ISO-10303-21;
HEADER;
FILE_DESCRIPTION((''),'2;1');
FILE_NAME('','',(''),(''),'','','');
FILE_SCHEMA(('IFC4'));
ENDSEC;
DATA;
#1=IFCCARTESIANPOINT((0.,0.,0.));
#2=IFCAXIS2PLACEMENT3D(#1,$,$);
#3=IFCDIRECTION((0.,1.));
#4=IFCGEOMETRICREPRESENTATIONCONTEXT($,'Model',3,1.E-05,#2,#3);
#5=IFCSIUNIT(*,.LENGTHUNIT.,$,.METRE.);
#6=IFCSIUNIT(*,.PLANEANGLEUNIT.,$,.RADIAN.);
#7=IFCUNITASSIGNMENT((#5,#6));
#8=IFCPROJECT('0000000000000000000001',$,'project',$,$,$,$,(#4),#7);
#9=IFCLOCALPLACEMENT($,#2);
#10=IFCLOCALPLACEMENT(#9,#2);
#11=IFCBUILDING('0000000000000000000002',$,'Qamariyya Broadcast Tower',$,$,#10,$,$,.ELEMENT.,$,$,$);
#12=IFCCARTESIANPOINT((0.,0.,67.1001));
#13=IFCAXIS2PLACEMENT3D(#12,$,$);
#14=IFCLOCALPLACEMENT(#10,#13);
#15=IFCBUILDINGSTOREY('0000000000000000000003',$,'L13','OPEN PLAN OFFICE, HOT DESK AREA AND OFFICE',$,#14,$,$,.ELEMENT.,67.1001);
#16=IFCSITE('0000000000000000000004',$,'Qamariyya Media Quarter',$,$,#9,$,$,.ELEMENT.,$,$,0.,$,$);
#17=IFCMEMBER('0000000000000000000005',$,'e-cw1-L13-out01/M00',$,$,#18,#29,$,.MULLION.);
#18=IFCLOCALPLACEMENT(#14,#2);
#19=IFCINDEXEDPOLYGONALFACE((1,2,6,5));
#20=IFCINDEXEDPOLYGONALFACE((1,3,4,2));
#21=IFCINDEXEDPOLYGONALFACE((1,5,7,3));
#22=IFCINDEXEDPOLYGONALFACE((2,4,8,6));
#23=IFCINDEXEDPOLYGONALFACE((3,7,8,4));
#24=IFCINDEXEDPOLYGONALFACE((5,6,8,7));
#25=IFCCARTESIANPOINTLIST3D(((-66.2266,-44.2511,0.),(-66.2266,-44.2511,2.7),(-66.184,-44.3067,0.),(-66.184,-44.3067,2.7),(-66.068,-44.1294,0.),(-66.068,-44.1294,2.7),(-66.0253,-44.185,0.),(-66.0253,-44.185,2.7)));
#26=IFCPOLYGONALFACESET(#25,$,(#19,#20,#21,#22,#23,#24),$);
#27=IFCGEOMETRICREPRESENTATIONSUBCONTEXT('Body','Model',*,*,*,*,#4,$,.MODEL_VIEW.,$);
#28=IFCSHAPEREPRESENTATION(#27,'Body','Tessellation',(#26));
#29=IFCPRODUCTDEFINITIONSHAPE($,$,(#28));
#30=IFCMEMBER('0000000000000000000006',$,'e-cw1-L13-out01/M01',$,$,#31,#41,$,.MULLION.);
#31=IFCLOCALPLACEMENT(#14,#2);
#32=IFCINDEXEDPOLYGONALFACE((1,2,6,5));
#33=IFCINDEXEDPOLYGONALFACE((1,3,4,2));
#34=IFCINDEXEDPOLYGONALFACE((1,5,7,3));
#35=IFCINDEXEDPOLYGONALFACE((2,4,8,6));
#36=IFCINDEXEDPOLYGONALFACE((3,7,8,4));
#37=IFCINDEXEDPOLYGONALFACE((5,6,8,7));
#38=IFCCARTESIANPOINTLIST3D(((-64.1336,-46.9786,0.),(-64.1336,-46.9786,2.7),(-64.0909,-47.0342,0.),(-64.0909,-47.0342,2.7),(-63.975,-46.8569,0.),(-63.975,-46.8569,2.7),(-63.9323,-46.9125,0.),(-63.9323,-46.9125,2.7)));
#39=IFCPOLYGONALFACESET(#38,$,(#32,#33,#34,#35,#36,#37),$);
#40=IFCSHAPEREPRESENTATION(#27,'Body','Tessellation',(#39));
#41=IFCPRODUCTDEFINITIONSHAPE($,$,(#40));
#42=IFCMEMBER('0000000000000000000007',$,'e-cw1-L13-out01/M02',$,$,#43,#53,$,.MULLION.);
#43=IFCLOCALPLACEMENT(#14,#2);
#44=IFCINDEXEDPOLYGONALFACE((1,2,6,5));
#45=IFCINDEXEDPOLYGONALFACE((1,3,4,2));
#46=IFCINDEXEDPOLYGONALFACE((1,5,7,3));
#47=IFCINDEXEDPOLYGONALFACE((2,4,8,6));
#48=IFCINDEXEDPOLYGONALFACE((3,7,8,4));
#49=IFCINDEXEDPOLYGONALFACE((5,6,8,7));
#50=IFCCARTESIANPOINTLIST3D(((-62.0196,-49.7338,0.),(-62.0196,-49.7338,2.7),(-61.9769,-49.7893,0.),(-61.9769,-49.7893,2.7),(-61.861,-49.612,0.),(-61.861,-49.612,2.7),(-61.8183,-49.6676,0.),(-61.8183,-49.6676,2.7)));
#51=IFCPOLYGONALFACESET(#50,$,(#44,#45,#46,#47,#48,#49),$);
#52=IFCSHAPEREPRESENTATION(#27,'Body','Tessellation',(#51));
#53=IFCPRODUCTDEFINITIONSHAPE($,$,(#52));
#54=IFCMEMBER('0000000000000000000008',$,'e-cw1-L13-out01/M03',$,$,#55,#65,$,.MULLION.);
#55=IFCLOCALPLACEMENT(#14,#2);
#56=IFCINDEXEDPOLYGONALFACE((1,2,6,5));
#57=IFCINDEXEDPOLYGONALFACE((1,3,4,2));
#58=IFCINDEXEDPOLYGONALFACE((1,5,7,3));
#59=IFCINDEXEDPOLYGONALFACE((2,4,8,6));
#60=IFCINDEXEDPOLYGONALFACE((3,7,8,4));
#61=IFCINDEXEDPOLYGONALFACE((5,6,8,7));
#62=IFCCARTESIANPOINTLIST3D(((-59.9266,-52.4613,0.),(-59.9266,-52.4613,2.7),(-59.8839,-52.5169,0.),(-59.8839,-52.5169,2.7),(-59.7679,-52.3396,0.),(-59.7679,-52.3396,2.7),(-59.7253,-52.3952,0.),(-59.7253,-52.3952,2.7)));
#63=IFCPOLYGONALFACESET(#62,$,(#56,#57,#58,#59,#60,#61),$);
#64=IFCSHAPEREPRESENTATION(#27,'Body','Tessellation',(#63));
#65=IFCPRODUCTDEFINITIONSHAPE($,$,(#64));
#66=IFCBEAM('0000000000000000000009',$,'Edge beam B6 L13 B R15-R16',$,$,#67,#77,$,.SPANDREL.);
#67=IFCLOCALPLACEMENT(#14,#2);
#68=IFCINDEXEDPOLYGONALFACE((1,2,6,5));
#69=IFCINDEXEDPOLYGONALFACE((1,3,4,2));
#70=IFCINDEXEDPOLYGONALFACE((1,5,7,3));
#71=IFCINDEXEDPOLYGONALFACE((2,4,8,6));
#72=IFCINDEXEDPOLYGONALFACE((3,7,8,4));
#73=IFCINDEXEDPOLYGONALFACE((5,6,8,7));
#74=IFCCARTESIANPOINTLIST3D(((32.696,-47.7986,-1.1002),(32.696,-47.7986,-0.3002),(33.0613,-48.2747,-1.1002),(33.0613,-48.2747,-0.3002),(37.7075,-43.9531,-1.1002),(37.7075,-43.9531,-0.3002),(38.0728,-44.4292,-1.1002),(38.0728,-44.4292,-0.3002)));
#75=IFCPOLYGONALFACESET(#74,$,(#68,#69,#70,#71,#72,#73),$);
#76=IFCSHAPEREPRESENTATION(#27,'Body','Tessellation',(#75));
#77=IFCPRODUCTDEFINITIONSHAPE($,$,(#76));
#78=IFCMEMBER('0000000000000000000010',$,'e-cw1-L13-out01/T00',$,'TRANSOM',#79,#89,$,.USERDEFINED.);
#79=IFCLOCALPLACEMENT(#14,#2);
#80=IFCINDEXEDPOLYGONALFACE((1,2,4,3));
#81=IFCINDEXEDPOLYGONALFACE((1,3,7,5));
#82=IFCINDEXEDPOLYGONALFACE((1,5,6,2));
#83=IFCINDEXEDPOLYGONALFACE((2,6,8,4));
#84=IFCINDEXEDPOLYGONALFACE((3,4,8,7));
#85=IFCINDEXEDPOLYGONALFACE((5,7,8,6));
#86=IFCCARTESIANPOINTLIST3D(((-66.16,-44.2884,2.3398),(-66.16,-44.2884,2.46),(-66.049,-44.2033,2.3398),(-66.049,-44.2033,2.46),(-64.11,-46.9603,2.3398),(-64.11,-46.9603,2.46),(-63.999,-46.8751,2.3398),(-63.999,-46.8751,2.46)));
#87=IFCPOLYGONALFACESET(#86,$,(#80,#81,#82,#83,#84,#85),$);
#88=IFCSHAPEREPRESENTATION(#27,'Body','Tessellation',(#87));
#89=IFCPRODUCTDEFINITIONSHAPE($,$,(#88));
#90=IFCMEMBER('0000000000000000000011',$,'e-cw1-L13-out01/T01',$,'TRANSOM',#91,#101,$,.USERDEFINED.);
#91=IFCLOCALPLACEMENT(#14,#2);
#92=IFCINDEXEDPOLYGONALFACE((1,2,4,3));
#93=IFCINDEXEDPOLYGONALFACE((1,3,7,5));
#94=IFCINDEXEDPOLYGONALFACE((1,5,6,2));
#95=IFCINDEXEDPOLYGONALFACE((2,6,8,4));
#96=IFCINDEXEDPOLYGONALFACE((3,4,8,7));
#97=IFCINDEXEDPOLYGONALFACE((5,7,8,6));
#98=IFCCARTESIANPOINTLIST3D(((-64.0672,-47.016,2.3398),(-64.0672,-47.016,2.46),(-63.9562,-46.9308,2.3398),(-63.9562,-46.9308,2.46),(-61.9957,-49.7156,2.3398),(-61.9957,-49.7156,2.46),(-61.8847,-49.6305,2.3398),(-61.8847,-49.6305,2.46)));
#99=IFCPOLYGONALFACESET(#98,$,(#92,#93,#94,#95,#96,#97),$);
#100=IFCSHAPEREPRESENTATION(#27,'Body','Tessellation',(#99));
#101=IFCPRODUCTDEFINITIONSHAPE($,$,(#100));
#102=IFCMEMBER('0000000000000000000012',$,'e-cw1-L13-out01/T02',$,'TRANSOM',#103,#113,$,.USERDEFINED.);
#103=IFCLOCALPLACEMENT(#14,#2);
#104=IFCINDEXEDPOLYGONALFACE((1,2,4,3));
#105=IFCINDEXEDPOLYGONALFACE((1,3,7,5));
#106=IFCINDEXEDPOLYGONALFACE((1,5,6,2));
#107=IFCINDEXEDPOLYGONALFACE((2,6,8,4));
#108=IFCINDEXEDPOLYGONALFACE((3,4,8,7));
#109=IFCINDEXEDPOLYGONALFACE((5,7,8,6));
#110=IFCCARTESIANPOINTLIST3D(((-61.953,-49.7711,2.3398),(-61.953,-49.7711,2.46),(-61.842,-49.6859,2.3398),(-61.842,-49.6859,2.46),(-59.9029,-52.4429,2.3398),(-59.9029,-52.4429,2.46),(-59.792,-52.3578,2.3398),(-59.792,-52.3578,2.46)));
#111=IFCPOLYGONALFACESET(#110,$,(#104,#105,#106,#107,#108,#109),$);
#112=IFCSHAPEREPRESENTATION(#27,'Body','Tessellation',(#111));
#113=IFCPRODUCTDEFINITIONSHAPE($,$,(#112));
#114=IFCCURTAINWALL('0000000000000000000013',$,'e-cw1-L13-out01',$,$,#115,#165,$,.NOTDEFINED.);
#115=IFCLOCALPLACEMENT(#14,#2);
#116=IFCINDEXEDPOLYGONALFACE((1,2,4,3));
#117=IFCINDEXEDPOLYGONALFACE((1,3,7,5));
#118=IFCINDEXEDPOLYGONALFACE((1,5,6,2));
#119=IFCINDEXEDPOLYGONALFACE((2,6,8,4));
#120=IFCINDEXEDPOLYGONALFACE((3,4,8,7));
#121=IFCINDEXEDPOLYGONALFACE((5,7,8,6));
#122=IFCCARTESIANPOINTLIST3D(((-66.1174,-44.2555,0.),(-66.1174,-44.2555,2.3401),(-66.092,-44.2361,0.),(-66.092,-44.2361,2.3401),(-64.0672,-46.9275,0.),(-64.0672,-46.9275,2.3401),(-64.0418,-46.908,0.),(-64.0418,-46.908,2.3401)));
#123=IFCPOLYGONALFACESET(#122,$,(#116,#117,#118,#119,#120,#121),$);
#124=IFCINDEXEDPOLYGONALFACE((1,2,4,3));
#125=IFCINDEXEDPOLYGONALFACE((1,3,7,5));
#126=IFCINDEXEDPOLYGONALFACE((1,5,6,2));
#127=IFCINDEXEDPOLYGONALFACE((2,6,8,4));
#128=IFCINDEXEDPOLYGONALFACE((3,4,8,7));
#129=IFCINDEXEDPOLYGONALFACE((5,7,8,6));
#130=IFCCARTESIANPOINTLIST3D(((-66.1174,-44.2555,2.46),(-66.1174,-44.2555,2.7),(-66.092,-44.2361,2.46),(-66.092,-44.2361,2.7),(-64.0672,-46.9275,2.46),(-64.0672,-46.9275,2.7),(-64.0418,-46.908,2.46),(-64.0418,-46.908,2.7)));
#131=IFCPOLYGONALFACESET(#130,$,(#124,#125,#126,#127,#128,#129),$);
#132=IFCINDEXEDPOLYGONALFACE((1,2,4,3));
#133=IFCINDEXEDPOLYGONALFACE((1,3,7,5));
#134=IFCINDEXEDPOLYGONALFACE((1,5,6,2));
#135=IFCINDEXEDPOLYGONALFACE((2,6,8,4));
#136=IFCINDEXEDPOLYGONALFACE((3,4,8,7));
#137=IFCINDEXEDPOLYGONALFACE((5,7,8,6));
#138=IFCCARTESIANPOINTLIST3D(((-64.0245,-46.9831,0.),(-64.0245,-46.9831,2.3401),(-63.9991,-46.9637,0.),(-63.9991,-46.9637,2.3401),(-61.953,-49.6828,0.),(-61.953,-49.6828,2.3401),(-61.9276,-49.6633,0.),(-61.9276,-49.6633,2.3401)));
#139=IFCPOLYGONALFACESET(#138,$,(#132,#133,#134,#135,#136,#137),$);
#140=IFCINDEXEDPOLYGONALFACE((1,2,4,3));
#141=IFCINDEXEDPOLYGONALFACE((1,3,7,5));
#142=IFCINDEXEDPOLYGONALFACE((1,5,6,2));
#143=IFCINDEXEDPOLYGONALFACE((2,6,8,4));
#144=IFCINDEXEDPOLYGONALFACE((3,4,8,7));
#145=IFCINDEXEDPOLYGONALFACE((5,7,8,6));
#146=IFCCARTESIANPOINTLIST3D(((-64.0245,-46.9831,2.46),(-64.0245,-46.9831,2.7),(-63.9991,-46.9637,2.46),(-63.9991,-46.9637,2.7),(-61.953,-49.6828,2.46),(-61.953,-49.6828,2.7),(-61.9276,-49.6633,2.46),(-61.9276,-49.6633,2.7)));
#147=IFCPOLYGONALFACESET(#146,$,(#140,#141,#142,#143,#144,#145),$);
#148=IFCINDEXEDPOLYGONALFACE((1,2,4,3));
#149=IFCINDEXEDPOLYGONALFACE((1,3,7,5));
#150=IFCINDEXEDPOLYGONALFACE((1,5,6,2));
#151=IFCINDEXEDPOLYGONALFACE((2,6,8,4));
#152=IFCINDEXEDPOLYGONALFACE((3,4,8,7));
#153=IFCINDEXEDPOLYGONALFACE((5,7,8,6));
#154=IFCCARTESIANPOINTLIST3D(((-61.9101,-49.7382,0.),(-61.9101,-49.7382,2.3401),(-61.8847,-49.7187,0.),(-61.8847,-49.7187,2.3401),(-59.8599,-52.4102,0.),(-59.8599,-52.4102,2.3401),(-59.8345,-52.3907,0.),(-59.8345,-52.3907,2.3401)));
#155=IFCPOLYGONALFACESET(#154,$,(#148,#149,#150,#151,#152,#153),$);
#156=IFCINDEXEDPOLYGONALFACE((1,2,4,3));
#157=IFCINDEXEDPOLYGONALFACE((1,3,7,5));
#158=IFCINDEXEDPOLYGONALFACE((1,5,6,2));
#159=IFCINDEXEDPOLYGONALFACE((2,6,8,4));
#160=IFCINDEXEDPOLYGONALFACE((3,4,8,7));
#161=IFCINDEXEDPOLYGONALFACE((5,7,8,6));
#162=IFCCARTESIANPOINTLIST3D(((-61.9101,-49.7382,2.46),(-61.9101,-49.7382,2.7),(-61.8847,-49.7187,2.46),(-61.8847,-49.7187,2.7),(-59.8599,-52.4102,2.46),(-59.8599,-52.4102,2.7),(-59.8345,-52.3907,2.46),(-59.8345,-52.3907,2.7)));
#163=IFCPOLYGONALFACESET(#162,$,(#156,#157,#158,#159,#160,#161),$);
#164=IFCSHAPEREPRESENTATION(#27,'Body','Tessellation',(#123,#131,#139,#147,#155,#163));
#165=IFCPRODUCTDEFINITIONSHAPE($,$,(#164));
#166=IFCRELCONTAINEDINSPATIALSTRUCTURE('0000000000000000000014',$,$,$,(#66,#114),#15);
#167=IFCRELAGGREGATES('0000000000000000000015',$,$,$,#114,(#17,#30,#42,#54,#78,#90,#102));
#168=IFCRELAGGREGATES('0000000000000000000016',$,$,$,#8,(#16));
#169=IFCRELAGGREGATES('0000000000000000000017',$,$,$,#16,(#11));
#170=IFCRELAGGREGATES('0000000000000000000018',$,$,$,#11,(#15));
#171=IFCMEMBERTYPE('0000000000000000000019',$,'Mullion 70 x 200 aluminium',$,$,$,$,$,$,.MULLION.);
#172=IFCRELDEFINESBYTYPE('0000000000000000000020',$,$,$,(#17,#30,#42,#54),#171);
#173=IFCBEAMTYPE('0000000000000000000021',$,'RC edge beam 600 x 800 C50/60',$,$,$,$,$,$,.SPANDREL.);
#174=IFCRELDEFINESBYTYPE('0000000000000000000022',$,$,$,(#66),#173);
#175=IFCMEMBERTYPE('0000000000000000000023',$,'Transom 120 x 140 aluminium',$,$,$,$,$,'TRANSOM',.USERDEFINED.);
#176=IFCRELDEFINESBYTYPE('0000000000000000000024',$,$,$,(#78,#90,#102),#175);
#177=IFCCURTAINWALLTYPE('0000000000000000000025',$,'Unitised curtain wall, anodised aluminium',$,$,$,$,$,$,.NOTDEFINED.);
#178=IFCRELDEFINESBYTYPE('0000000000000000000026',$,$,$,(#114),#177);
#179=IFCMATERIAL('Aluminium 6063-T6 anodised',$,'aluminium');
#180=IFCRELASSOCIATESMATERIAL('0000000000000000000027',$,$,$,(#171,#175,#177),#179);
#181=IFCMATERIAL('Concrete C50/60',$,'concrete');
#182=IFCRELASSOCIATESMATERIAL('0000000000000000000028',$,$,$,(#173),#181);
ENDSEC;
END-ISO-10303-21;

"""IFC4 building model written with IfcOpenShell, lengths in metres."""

from ifc_helpers import new_model, si_unit, direction, frame, origin, origin_2d, place, context, subcontext, project, spatial, rectangle, extrude, material, material_profile, profile_set, type_object, element, aggregate, save


model = new_model("IFC4")

# Units and contexts
model_context = context("Model", 3, precision=1e-05, world=origin(), true_north=direction((0.0, 1.0)))
body_context = subcontext(model_context, "Body", "Model", "MODEL_VIEW")
ifc_project = project(units=[si_unit("LENGTHUNIT", "METRE"), si_unit("PLANEANGLEUNIT", "RADIAN")], contexts=[model_context])

# Members
ifc_material_1 = material(Name="Aluminium 6063-T6 anodised", Category="aluminium")
ifc_material_profile_1 = material_profile(ifc_material_1, rectangle(XDim=0.2, YDim=0.0701, at=origin_2d()))
ifc_profile_set_1 = profile_set([ifc_material_profile_1], Name="Aluminium 6063-T6 anodised")
member_type_1 = type_object("IfcMemberType", Name="Mullion 70 x 200 aluminium", PredefinedType="MULLION", material=ifc_profile_set_1)
site_placement = place(None, origin())
building_placement = place(site_placement, origin())
storey_placement = place(building_placement, frame((0.0, 0.0, 67.1001)))
member_1_placement = place(storey_placement, frame((-66.126, -44.218, 0.0), z_axis=(0.0, 0.0, 1.0), x_axis=(0.793353, 0.608761, 0.0)))
member_1 = element("IfcMember", 1, at=member_1_placement, type_object=member_type_1, Name="e-cw1-L13-out01/M00", PredefinedType="MULLION", context=body_context, shape_type="SweptSolid", body=[
    extrude(rectangle(XDim=0.2, YDim=0.0701, at=origin_2d()), origin(), (0.0, 0.0, 1.0), 2.7),
])
member_2_placement = place(storey_placement, frame((-64.033, -46.9456, 0.0), z_axis=(0.0, 0.0, 1.0), x_axis=(0.793353, 0.608761, 0.0)))
member_2 = element("IfcMember", 2, at=member_2_placement, type_object=member_type_1, Name="e-cw1-L13-out01/M01", PredefinedType="MULLION", context=body_context, shape_type="SweptSolid", body=[
    extrude(rectangle(XDim=0.2, YDim=0.0701, at=origin_2d()), origin(), (0.0, 0.0, 1.0), 2.7),
])
member_3_placement = place(storey_placement, frame((-61.9189, -49.7007, 0.0), z_axis=(0.0, 0.0, 1.0), x_axis=(0.793353, 0.608761, 0.0)))
member_3 = element("IfcMember", 3, at=member_3_placement, type_object=member_type_1, Name="e-cw1-L13-out01/M02", PredefinedType="MULLION", context=body_context, shape_type="SweptSolid", body=[
    extrude(rectangle(XDim=0.2, YDim=0.0701, at=origin_2d()), origin(), (0.0, 0.0, 1.0), 2.7),
])
member_4_placement = place(storey_placement, frame((-59.8259, -52.4282, 0.0), z_axis=(0.0, 0.0, 1.0), x_axis=(0.793353, 0.608761, 0.0)))
member_4 = element("IfcMember", 4, at=member_4_placement, type_object=member_type_1, Name="e-cw1-L13-out01/M03", PredefinedType="MULLION", context=body_context, shape_type="SweptSolid", body=[
    extrude(rectangle(XDim=0.2, YDim=0.0701, at=origin_2d()), origin(), (0.0, 0.0, 1.0), 2.7),
])

# Site, building, storey
site = spatial("IfcSite", under=ifc_project, at=site_placement, Name="Qamariyya Media Quarter", CompositionType="ELEMENT", RefElevation=0.0)
building = spatial("IfcBuilding", under=site, at=building_placement, Name="Qamariyya Broadcast Tower", CompositionType="ELEMENT")
storey = spatial("IfcBuildingStorey", under=building, at=storey_placement, Name="L13", Description="OPEN PLAN OFFICE, HOT DESK AREA AND OFFICE", CompositionType="ELEMENT", Elevation=67.1001)

# Beam
ifc_material_2 = material(Name="Concrete C50/60", Category="concrete")
ifc_material_profile_2 = material_profile(ifc_material_2, rectangle(XDim=0.6001, YDim=0.8, at=origin_2d()))
ifc_profile_set_2 = profile_set([ifc_material_profile_2], Name="Concrete C50/60")
beam_type = type_object("IfcBeamType", Name="RC edge beam 600 x 800 C50/60", PredefinedType="SPANDREL", material=ifc_profile_set_2)
beam_placement = place(storey_placement, frame((32.8787, -48.0366, -0.7002), z_axis=(0.793352, 0.608763, 0.0), x_axis=(-0.608763, 0.793352, 0.0)))
element("IfcBeam", 5, at=beam_placement, inside=storey, type_object=beam_type, Name="Edge beam B6 L13 B R15-R16", PredefinedType="SPANDREL", context=body_context, shape_type="SweptSolid", body=[
    extrude(rectangle(XDim=0.6001, YDim=0.8, at=origin_2d()), origin(), (0.0, 0.0, 1.0), 6.3169),
])

# Members
ifc_material_profile_3 = material_profile(ifc_material_1, rectangle(XDim=0.1399, YDim=0.1201, at=origin_2d()))
ifc_profile_set_3 = profile_set([ifc_material_profile_3], Name="Aluminium 6063-T6 anodised")
member_type_2 = type_object("IfcMemberType", Name="Transom 120 x 140 aluminium", ElementType="TRANSOM", PredefinedType="USERDEFINED", material=ifc_profile_set_3)
member_5_placement = place(storey_placement, frame((-66.1045, -44.2458, 2.3999), z_axis=(0.608733, -0.793375, 0.0), x_axis=(0.793375, 0.608733, 0.0)))
member_5 = element("IfcMember", 6, at=member_5_placement, type_object=member_type_2, Name="e-cw1-L13-out01/T00", ObjectType="TRANSOM", PredefinedType="USERDEFINED", context=body_context, shape_type="SweptSolid", body=[
    extrude(rectangle(XDim=0.1399, YDim=0.1201, at=origin_2d()), origin(), (0.0, 0.0, 1.0), 3.3677),
])
member_6_placement = place(storey_placement, frame((-64.0117, -46.9734, 2.3999), z_axis=(0.608757, -0.793357, 0.0), x_axis=(0.793357, 0.608757, 0.0)))
member_6 = element("IfcMember", 7, at=member_6_placement, type_object=member_type_2, Name="e-cw1-L13-out01/T01", ObjectType="TRANSOM", PredefinedType="USERDEFINED", context=body_context, shape_type="SweptSolid", body=[
    extrude(rectangle(XDim=0.1399, YDim=0.1201, at=origin_2d()), origin(), (0.0, 0.0, 1.0), 3.4028),
])
member_7_placement = place(storey_placement, frame((-61.8975, -49.7285, 2.3999), z_axis=(0.608733, -0.793375, 0.0), x_axis=(0.793375, 0.608733, 0.0)))
member_7 = element("IfcMember", 8, at=member_7_placement, type_object=member_type_2, Name="e-cw1-L13-out01/T02", ObjectType="TRANSOM", PredefinedType="USERDEFINED", context=body_context, shape_type="SweptSolid", body=[
    extrude(rectangle(XDim=0.1399, YDim=0.1201, at=origin_2d()), origin(), (0.0, 0.0, 1.0), 3.3677),
])

# Curtain wall
curtain_wall_type = type_object("IfcCurtainWallType", Name="Unitised curtain wall, anodised aluminium", PredefinedType="NOTDEFINED", material=ifc_material_1)
curtain_wall_1_placement = place(storey_placement, origin())
curtain_wall_1 = element("IfcCurtainWall", 9, at=curtain_wall_1_placement, inside=storey, type_object=curtain_wall_type, Name="e-cw1-L13-out01", PredefinedType="NOTDEFINED", context=body_context, shape_type="SweptSolid", body=[
    extrude(rectangle(XDim=3.3679, YDim=0.032, at=origin_2d()), frame((-65.0796, -45.5818, 0.0), x_axis=(0.608756, -0.793358, 0.0)), (0.0, 0.0, 1.0), 2.3401),
    extrude(rectangle(XDim=3.3679, YDim=0.032, at=origin_2d()), frame((-65.0796, -45.5818, 2.46), x_axis=(0.608756, -0.793358, 0.0)), (0.0, 0.0, 1.0), 0.24),
    extrude(rectangle(XDim=3.4028, YDim=0.032, at=origin_2d()), frame((-62.9761, -48.3232, 0.0), x_axis=(0.608756, -0.793358, 0.0)), (0.0, 0.0, 1.0), 2.3401),
    extrude(rectangle(XDim=3.4028, YDim=0.032, at=origin_2d()), frame((-62.9761, -48.3232, 2.46), x_axis=(0.608756, -0.793358, 0.0)), (0.0, 0.0, 1.0), 0.24),
    extrude(rectangle(XDim=3.3679, YDim=0.032, at=origin_2d()), frame((-60.8723, -51.0645, 0.0), x_axis=(0.608756, -0.793358, 0.0)), (0.0, 0.0, 1.0), 2.3401),
    extrude(rectangle(XDim=3.3679, YDim=0.032, at=origin_2d()), frame((-60.8723, -51.0645, 2.46), x_axis=(0.608756, -0.793358, 0.0)), (0.0, 0.0, 1.0), 0.24),
])
aggregate(curtain_wall_1, [member_1, member_2, member_3, member_4, member_5, member_6, member_7])

save(model, "model.ifc")
